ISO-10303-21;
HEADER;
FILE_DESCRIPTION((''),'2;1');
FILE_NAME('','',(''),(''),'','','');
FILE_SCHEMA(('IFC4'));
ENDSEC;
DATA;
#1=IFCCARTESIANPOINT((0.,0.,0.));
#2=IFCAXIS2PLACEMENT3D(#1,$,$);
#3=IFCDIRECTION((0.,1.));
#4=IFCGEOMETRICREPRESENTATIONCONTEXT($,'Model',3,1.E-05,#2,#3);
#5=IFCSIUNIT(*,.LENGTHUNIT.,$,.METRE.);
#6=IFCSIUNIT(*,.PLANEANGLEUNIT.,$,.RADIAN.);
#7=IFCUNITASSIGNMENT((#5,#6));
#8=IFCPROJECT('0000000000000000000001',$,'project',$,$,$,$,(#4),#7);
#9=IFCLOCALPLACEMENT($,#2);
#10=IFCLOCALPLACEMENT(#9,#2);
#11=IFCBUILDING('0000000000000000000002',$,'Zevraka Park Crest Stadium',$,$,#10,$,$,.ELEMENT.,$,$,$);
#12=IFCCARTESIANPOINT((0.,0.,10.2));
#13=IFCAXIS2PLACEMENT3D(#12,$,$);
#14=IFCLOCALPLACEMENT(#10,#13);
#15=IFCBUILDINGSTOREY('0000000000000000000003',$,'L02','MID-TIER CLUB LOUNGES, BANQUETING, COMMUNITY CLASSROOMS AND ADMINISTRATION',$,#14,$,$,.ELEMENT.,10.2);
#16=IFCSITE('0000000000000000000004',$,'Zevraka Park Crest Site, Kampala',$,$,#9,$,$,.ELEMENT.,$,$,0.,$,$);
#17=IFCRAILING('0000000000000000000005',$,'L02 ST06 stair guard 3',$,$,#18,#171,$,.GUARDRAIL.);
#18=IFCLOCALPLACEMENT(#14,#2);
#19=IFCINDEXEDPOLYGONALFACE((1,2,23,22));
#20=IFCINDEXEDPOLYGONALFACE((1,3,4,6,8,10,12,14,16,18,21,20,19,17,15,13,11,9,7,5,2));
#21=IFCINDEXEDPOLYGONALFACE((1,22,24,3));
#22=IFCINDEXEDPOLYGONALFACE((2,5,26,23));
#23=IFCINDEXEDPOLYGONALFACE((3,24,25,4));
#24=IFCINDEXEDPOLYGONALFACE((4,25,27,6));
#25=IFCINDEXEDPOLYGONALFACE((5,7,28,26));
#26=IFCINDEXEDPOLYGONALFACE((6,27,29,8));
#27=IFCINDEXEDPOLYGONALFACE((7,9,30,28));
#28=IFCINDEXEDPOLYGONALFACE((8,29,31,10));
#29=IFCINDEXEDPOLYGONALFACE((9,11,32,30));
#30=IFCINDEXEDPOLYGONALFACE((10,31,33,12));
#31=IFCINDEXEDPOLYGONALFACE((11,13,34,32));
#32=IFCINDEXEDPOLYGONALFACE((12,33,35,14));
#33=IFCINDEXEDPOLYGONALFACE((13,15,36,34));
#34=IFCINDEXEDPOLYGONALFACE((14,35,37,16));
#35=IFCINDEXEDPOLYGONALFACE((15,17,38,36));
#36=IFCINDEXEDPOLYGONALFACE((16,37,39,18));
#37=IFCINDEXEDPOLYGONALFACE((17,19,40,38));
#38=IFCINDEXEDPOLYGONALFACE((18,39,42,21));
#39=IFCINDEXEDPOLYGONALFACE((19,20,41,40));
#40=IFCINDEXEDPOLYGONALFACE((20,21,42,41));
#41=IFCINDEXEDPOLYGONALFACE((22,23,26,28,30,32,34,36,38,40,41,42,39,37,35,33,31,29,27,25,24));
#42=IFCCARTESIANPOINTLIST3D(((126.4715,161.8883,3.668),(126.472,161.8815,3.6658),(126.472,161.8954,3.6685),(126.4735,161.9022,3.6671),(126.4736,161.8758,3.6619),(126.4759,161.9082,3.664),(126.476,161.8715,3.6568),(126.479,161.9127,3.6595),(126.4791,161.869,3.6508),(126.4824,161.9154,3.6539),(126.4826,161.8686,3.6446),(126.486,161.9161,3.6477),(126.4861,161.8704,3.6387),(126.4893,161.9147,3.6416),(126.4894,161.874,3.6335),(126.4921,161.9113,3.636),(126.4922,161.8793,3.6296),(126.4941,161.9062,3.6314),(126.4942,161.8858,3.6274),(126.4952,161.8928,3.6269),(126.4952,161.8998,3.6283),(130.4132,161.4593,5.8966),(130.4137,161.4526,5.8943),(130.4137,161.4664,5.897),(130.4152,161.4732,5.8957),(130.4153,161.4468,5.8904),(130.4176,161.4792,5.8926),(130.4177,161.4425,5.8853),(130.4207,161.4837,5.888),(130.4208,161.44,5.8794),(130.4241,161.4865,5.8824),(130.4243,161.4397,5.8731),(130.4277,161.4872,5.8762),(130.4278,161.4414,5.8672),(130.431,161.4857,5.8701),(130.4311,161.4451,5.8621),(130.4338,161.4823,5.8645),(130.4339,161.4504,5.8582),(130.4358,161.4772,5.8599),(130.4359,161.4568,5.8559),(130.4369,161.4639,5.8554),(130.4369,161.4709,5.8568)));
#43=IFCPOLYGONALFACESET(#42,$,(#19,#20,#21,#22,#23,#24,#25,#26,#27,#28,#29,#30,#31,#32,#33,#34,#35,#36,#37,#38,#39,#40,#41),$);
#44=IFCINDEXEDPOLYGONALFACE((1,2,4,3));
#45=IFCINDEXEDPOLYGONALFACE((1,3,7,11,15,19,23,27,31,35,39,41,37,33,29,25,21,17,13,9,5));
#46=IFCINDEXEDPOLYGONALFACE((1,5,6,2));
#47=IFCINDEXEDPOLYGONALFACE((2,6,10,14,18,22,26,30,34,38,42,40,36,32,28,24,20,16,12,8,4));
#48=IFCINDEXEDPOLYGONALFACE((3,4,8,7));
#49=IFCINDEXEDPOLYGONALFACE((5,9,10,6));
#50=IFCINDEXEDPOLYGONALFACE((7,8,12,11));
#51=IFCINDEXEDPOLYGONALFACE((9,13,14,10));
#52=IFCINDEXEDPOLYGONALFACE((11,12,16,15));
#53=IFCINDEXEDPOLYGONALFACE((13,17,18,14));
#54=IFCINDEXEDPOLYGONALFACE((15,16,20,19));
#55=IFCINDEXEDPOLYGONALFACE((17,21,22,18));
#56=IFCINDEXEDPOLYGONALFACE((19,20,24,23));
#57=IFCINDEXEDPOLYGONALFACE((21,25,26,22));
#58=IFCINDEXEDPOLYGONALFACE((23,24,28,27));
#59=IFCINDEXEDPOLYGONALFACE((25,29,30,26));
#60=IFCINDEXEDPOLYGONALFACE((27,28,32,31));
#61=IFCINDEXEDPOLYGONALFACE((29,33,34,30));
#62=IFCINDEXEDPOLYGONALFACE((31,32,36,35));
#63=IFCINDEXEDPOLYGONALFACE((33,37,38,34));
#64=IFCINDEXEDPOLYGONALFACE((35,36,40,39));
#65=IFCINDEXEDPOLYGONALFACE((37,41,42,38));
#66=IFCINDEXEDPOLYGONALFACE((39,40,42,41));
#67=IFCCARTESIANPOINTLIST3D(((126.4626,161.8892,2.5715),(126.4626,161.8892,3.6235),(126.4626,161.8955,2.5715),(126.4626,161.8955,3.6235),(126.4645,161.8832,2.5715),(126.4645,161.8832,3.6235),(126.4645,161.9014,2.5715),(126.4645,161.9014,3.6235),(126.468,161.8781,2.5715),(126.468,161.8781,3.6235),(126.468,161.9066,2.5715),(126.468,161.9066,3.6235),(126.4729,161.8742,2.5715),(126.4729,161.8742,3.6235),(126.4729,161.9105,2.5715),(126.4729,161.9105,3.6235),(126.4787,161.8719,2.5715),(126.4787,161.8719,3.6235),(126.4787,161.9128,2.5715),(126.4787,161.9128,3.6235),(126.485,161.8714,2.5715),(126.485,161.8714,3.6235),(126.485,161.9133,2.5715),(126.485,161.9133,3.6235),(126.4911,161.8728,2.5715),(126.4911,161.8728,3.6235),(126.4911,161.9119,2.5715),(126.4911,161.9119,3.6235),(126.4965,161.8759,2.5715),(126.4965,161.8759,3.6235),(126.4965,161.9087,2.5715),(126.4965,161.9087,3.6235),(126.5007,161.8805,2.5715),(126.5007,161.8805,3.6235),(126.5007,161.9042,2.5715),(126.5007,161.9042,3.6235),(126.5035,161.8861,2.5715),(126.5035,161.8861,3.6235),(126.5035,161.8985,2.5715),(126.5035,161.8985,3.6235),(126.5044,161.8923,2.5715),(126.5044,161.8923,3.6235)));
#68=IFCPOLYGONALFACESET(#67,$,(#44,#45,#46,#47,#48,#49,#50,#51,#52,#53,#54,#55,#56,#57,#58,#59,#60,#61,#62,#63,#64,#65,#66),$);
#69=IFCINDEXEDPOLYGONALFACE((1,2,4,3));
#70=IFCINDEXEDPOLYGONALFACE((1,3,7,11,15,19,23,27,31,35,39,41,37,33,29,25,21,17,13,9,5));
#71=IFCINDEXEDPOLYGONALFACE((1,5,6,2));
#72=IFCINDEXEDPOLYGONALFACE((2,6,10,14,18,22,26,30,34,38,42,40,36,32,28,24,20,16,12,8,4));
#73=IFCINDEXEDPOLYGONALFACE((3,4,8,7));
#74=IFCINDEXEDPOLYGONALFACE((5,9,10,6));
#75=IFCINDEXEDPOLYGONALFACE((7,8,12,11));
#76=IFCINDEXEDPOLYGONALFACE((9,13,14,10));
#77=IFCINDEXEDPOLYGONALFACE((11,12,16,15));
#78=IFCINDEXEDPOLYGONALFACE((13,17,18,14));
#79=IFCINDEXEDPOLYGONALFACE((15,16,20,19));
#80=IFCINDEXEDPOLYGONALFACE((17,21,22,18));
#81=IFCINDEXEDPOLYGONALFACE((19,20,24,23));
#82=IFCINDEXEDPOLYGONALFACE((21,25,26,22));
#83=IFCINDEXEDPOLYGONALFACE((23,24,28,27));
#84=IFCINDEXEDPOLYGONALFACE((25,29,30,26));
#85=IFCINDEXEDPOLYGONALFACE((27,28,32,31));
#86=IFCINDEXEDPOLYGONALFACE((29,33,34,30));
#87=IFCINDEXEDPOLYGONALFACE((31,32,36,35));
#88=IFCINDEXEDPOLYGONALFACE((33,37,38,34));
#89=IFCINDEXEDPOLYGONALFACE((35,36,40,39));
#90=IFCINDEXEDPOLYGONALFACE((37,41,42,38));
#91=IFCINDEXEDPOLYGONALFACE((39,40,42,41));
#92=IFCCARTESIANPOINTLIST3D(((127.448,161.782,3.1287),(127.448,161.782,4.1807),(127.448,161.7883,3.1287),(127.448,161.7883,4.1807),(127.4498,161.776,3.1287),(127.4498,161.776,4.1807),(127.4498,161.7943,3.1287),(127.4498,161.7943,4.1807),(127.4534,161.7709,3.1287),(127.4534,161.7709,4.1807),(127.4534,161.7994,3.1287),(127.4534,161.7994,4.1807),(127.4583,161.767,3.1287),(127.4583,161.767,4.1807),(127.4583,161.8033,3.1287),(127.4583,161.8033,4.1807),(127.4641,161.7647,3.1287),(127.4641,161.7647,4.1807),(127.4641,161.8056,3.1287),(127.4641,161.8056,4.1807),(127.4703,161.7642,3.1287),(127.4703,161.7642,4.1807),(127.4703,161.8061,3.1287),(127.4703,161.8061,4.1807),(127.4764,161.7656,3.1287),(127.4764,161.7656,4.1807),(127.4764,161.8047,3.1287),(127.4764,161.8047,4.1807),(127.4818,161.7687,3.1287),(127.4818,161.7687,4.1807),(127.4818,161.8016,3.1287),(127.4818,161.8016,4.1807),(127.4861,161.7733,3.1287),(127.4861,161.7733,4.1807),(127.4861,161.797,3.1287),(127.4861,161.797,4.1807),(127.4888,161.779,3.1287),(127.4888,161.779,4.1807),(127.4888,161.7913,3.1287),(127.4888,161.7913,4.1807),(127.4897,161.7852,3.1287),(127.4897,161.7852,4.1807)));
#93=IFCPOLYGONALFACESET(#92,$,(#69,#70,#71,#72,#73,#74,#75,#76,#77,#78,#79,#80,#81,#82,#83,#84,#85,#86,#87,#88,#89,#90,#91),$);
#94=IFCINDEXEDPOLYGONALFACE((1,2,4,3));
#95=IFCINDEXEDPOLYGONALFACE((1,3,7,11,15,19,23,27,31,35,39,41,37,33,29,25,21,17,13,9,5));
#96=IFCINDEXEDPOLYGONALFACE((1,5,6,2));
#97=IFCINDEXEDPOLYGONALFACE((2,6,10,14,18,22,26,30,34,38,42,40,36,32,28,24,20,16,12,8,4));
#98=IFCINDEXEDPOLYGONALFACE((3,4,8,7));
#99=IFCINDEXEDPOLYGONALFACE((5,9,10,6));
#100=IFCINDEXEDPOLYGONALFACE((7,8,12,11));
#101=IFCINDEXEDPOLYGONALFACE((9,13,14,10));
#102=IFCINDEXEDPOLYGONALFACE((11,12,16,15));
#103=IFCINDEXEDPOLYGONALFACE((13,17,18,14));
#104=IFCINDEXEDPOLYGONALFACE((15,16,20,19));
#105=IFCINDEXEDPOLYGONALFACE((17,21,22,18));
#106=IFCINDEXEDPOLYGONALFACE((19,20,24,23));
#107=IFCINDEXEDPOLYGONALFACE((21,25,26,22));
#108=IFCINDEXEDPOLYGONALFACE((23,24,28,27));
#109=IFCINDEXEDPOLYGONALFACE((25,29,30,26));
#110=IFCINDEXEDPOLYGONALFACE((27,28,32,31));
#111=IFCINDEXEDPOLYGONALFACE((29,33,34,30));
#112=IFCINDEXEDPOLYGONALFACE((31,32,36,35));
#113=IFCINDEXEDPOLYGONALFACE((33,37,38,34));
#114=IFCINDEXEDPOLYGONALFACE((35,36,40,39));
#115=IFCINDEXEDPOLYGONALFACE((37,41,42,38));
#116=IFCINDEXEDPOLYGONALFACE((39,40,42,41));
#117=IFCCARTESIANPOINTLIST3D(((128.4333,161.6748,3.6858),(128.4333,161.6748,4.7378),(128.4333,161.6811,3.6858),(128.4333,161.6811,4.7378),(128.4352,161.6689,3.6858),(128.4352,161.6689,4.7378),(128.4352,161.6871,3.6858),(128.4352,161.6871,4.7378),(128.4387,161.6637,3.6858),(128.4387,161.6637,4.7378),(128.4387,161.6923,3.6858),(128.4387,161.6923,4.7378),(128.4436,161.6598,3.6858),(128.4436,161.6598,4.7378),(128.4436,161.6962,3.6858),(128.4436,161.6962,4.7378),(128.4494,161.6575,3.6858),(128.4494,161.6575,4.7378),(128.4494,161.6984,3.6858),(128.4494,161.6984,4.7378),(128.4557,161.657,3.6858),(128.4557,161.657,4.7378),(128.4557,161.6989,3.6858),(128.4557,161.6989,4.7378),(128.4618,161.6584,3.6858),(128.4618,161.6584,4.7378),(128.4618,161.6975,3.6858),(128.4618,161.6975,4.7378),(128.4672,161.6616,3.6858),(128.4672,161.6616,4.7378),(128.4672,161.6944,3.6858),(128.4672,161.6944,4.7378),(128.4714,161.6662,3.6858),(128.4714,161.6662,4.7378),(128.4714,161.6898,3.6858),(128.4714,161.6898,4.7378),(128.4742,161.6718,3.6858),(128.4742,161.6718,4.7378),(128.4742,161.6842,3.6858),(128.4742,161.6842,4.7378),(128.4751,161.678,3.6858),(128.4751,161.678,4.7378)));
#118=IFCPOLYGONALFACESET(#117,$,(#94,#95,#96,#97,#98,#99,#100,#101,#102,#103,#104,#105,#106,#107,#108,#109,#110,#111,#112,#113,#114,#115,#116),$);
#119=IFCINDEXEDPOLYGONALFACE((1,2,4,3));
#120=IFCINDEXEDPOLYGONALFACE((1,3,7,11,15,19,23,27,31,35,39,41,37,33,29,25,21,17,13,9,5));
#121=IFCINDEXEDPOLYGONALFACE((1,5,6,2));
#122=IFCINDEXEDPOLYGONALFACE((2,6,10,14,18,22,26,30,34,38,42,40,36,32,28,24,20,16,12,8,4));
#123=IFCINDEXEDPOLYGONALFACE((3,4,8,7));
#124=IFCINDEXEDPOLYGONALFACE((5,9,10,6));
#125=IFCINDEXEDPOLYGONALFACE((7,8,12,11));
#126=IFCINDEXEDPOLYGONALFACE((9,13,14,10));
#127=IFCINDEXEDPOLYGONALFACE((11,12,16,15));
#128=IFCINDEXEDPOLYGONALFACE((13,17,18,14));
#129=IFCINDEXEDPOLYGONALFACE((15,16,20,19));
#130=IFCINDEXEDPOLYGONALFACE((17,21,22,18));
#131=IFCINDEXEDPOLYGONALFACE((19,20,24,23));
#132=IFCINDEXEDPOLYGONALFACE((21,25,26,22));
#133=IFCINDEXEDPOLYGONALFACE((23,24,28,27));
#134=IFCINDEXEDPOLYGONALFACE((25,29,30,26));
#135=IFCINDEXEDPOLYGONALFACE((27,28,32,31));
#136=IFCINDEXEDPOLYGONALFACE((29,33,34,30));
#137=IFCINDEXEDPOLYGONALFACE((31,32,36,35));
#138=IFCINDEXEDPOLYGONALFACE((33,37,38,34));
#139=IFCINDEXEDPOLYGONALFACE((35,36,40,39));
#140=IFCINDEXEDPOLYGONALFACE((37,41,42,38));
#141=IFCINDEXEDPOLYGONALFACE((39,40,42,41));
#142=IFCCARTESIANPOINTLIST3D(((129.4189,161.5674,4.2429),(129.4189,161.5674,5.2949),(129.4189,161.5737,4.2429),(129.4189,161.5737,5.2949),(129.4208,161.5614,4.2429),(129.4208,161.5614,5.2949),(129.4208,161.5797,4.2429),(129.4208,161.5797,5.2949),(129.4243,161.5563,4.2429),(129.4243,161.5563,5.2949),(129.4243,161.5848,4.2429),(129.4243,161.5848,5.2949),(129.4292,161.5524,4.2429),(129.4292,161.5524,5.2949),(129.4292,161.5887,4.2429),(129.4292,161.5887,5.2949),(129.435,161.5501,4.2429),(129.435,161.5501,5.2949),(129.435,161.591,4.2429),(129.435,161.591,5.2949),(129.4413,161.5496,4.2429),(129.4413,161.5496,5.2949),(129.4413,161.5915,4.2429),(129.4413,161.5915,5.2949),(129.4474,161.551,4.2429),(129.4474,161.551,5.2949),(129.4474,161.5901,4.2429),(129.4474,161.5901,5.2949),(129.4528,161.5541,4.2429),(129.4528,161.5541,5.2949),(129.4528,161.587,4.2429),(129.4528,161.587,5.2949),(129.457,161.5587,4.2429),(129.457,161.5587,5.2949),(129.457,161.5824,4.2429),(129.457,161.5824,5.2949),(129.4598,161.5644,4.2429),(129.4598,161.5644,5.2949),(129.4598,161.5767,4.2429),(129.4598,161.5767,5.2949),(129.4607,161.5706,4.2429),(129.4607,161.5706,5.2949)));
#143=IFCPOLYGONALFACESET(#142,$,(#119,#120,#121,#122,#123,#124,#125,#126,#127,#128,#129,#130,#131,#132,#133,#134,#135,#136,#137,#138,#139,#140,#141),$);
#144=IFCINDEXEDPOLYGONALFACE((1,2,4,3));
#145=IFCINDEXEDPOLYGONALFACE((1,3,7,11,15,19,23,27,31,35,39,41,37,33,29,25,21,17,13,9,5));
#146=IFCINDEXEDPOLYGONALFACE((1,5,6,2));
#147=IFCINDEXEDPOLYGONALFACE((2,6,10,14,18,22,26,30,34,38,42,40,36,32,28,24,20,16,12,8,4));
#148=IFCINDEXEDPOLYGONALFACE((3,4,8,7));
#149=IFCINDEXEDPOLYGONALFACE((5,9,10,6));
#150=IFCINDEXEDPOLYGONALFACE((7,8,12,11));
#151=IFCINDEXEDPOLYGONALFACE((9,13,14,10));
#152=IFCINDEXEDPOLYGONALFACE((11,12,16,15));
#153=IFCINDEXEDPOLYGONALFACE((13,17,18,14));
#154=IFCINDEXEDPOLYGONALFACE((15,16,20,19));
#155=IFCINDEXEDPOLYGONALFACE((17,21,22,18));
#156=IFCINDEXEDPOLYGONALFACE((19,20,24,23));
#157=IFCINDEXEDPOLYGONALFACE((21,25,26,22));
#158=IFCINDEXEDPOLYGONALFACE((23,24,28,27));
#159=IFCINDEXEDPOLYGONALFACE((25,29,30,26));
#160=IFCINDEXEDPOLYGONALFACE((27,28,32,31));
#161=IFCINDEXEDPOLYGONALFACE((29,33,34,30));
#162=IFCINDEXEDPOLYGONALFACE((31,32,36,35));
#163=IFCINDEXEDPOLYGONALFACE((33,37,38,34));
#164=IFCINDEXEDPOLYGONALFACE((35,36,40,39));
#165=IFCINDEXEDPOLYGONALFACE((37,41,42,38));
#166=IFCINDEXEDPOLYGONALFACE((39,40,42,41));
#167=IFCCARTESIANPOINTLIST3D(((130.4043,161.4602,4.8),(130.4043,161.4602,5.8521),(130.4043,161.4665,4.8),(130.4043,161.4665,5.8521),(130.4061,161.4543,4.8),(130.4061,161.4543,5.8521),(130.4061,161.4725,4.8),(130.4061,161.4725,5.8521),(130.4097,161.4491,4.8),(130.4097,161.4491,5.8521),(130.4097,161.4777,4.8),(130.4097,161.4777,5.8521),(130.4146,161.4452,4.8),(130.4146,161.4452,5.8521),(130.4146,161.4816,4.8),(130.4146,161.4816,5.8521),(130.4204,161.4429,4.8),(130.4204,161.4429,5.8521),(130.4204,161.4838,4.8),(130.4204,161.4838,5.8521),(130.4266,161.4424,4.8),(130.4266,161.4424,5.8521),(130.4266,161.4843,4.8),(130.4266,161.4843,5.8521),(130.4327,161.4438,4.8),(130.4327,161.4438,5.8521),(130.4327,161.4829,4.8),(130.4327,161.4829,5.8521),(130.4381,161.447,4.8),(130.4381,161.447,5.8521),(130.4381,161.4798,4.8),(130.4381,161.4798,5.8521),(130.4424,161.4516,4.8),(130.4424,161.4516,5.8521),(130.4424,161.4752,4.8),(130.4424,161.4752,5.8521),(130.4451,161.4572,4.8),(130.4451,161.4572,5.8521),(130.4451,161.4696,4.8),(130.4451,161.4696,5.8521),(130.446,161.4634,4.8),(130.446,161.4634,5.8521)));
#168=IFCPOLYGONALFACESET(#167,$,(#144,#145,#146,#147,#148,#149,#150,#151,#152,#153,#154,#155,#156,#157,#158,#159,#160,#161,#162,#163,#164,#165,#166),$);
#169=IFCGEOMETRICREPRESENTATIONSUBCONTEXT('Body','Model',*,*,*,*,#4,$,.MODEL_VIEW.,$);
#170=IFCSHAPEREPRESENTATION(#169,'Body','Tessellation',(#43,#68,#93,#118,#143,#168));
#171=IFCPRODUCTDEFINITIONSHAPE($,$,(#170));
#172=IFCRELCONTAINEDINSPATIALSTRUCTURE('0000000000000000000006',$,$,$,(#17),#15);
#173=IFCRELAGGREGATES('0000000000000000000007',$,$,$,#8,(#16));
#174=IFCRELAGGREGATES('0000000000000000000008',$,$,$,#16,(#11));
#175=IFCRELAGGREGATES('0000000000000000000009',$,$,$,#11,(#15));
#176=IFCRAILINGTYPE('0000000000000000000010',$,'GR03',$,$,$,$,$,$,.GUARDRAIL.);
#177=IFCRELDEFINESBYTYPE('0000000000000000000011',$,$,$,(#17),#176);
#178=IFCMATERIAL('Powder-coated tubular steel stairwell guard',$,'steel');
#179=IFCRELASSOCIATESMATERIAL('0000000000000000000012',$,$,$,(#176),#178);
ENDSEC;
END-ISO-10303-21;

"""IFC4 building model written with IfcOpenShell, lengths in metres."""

from ifc_helpers import new_model, si_unit, direction, frame, origin, origin_2d, place, context, subcontext, project, spatial, circle, extrude, material, type_object, element, save


model = new_model("IFC4")

# Units and contexts
model_context = context("Model", 3, precision=1e-05, world=origin(), true_north=direction((0.0, 1.0)))
body_context = subcontext(model_context, "Body", "Model", "MODEL_VIEW")
ifc_project = project(units=[si_unit("LENGTHUNIT", "METRE"), si_unit("PLANEANGLEUNIT", "RADIAN")], contexts=[model_context])

# Site, building, storey
site_placement = place(None, origin())
site = spatial("IfcSite", under=ifc_project, at=site_placement, Name="Zevraka Park Crest Site, Kampala", CompositionType="ELEMENT", RefElevation=0.0)
building_placement = place(site_placement, origin())
building = spatial("IfcBuilding", under=site, at=building_placement, Name="Zevraka Park Crest Stadium", CompositionType="ELEMENT")
storey_placement = place(building_placement, frame((0.0, 0.0, 10.2)))
storey = spatial("IfcBuildingStorey", under=building, at=storey_placement, Name="L02", Description="MID-TIER CLUB LOUNGES, BANQUETING, COMMUNITY CLASSROOMS AND ADMINISTRATION", CompositionType="ELEMENT", Elevation=10.2)

# Railing
ifc_material_1 = material(Name="Powder-coated tubular steel stairwell guard", Category="steel")
railing_type_1 = type_object("IfcRailingType", Name="GR03", PredefinedType="GUARDRAIL", material=ifc_material_1)
railing_1_placement = place(storey_placement, frame((126.4834, 161.8923, 2.5715)))
element("IfcRailing", 1, at=railing_1_placement, inside=storey, type_object=railing_type_1, Name="L02 ST06 stair guard 3", PredefinedType="GUARDRAIL", context=body_context, shape_type="SweptSolid", body=[
    extrude(circle(Radius=0.0239, at=origin_2d()), frame((0.0, 0.0, 1.0762), z_axis=(0.866624, -0.094311, 0.489968), x_axis=(0.108188, 0.994131, 0.0)), (0.0, 0.0, 1.0), 4.5483),
    extrude(circle(Radius=0.021, at=origin_2d()), origin(), (0.0, 0.0, 1.0), 1.052),
    extrude(circle(Radius=0.021, at=origin_2d()), frame((0.9854, -0.1072, 0.5571)), (0.0, 0.0, 1.0), 1.052),
    extrude(circle(Radius=0.021, at=origin_2d()), frame((1.9707, -0.2144, 1.1143)), (0.0, 0.0, 1.0), 1.052),
    extrude(circle(Radius=0.021, at=origin_2d()), frame((2.9563, -0.3218, 1.6714)), (0.0, 0.0, 1.0), 1.052),
    extrude(circle(Radius=0.021, at=origin_2d()), frame((3.9417, -0.429, 2.2285)), (0.0, 0.0, 1.0), 1.052),
])

save(model, "model.ifc")
